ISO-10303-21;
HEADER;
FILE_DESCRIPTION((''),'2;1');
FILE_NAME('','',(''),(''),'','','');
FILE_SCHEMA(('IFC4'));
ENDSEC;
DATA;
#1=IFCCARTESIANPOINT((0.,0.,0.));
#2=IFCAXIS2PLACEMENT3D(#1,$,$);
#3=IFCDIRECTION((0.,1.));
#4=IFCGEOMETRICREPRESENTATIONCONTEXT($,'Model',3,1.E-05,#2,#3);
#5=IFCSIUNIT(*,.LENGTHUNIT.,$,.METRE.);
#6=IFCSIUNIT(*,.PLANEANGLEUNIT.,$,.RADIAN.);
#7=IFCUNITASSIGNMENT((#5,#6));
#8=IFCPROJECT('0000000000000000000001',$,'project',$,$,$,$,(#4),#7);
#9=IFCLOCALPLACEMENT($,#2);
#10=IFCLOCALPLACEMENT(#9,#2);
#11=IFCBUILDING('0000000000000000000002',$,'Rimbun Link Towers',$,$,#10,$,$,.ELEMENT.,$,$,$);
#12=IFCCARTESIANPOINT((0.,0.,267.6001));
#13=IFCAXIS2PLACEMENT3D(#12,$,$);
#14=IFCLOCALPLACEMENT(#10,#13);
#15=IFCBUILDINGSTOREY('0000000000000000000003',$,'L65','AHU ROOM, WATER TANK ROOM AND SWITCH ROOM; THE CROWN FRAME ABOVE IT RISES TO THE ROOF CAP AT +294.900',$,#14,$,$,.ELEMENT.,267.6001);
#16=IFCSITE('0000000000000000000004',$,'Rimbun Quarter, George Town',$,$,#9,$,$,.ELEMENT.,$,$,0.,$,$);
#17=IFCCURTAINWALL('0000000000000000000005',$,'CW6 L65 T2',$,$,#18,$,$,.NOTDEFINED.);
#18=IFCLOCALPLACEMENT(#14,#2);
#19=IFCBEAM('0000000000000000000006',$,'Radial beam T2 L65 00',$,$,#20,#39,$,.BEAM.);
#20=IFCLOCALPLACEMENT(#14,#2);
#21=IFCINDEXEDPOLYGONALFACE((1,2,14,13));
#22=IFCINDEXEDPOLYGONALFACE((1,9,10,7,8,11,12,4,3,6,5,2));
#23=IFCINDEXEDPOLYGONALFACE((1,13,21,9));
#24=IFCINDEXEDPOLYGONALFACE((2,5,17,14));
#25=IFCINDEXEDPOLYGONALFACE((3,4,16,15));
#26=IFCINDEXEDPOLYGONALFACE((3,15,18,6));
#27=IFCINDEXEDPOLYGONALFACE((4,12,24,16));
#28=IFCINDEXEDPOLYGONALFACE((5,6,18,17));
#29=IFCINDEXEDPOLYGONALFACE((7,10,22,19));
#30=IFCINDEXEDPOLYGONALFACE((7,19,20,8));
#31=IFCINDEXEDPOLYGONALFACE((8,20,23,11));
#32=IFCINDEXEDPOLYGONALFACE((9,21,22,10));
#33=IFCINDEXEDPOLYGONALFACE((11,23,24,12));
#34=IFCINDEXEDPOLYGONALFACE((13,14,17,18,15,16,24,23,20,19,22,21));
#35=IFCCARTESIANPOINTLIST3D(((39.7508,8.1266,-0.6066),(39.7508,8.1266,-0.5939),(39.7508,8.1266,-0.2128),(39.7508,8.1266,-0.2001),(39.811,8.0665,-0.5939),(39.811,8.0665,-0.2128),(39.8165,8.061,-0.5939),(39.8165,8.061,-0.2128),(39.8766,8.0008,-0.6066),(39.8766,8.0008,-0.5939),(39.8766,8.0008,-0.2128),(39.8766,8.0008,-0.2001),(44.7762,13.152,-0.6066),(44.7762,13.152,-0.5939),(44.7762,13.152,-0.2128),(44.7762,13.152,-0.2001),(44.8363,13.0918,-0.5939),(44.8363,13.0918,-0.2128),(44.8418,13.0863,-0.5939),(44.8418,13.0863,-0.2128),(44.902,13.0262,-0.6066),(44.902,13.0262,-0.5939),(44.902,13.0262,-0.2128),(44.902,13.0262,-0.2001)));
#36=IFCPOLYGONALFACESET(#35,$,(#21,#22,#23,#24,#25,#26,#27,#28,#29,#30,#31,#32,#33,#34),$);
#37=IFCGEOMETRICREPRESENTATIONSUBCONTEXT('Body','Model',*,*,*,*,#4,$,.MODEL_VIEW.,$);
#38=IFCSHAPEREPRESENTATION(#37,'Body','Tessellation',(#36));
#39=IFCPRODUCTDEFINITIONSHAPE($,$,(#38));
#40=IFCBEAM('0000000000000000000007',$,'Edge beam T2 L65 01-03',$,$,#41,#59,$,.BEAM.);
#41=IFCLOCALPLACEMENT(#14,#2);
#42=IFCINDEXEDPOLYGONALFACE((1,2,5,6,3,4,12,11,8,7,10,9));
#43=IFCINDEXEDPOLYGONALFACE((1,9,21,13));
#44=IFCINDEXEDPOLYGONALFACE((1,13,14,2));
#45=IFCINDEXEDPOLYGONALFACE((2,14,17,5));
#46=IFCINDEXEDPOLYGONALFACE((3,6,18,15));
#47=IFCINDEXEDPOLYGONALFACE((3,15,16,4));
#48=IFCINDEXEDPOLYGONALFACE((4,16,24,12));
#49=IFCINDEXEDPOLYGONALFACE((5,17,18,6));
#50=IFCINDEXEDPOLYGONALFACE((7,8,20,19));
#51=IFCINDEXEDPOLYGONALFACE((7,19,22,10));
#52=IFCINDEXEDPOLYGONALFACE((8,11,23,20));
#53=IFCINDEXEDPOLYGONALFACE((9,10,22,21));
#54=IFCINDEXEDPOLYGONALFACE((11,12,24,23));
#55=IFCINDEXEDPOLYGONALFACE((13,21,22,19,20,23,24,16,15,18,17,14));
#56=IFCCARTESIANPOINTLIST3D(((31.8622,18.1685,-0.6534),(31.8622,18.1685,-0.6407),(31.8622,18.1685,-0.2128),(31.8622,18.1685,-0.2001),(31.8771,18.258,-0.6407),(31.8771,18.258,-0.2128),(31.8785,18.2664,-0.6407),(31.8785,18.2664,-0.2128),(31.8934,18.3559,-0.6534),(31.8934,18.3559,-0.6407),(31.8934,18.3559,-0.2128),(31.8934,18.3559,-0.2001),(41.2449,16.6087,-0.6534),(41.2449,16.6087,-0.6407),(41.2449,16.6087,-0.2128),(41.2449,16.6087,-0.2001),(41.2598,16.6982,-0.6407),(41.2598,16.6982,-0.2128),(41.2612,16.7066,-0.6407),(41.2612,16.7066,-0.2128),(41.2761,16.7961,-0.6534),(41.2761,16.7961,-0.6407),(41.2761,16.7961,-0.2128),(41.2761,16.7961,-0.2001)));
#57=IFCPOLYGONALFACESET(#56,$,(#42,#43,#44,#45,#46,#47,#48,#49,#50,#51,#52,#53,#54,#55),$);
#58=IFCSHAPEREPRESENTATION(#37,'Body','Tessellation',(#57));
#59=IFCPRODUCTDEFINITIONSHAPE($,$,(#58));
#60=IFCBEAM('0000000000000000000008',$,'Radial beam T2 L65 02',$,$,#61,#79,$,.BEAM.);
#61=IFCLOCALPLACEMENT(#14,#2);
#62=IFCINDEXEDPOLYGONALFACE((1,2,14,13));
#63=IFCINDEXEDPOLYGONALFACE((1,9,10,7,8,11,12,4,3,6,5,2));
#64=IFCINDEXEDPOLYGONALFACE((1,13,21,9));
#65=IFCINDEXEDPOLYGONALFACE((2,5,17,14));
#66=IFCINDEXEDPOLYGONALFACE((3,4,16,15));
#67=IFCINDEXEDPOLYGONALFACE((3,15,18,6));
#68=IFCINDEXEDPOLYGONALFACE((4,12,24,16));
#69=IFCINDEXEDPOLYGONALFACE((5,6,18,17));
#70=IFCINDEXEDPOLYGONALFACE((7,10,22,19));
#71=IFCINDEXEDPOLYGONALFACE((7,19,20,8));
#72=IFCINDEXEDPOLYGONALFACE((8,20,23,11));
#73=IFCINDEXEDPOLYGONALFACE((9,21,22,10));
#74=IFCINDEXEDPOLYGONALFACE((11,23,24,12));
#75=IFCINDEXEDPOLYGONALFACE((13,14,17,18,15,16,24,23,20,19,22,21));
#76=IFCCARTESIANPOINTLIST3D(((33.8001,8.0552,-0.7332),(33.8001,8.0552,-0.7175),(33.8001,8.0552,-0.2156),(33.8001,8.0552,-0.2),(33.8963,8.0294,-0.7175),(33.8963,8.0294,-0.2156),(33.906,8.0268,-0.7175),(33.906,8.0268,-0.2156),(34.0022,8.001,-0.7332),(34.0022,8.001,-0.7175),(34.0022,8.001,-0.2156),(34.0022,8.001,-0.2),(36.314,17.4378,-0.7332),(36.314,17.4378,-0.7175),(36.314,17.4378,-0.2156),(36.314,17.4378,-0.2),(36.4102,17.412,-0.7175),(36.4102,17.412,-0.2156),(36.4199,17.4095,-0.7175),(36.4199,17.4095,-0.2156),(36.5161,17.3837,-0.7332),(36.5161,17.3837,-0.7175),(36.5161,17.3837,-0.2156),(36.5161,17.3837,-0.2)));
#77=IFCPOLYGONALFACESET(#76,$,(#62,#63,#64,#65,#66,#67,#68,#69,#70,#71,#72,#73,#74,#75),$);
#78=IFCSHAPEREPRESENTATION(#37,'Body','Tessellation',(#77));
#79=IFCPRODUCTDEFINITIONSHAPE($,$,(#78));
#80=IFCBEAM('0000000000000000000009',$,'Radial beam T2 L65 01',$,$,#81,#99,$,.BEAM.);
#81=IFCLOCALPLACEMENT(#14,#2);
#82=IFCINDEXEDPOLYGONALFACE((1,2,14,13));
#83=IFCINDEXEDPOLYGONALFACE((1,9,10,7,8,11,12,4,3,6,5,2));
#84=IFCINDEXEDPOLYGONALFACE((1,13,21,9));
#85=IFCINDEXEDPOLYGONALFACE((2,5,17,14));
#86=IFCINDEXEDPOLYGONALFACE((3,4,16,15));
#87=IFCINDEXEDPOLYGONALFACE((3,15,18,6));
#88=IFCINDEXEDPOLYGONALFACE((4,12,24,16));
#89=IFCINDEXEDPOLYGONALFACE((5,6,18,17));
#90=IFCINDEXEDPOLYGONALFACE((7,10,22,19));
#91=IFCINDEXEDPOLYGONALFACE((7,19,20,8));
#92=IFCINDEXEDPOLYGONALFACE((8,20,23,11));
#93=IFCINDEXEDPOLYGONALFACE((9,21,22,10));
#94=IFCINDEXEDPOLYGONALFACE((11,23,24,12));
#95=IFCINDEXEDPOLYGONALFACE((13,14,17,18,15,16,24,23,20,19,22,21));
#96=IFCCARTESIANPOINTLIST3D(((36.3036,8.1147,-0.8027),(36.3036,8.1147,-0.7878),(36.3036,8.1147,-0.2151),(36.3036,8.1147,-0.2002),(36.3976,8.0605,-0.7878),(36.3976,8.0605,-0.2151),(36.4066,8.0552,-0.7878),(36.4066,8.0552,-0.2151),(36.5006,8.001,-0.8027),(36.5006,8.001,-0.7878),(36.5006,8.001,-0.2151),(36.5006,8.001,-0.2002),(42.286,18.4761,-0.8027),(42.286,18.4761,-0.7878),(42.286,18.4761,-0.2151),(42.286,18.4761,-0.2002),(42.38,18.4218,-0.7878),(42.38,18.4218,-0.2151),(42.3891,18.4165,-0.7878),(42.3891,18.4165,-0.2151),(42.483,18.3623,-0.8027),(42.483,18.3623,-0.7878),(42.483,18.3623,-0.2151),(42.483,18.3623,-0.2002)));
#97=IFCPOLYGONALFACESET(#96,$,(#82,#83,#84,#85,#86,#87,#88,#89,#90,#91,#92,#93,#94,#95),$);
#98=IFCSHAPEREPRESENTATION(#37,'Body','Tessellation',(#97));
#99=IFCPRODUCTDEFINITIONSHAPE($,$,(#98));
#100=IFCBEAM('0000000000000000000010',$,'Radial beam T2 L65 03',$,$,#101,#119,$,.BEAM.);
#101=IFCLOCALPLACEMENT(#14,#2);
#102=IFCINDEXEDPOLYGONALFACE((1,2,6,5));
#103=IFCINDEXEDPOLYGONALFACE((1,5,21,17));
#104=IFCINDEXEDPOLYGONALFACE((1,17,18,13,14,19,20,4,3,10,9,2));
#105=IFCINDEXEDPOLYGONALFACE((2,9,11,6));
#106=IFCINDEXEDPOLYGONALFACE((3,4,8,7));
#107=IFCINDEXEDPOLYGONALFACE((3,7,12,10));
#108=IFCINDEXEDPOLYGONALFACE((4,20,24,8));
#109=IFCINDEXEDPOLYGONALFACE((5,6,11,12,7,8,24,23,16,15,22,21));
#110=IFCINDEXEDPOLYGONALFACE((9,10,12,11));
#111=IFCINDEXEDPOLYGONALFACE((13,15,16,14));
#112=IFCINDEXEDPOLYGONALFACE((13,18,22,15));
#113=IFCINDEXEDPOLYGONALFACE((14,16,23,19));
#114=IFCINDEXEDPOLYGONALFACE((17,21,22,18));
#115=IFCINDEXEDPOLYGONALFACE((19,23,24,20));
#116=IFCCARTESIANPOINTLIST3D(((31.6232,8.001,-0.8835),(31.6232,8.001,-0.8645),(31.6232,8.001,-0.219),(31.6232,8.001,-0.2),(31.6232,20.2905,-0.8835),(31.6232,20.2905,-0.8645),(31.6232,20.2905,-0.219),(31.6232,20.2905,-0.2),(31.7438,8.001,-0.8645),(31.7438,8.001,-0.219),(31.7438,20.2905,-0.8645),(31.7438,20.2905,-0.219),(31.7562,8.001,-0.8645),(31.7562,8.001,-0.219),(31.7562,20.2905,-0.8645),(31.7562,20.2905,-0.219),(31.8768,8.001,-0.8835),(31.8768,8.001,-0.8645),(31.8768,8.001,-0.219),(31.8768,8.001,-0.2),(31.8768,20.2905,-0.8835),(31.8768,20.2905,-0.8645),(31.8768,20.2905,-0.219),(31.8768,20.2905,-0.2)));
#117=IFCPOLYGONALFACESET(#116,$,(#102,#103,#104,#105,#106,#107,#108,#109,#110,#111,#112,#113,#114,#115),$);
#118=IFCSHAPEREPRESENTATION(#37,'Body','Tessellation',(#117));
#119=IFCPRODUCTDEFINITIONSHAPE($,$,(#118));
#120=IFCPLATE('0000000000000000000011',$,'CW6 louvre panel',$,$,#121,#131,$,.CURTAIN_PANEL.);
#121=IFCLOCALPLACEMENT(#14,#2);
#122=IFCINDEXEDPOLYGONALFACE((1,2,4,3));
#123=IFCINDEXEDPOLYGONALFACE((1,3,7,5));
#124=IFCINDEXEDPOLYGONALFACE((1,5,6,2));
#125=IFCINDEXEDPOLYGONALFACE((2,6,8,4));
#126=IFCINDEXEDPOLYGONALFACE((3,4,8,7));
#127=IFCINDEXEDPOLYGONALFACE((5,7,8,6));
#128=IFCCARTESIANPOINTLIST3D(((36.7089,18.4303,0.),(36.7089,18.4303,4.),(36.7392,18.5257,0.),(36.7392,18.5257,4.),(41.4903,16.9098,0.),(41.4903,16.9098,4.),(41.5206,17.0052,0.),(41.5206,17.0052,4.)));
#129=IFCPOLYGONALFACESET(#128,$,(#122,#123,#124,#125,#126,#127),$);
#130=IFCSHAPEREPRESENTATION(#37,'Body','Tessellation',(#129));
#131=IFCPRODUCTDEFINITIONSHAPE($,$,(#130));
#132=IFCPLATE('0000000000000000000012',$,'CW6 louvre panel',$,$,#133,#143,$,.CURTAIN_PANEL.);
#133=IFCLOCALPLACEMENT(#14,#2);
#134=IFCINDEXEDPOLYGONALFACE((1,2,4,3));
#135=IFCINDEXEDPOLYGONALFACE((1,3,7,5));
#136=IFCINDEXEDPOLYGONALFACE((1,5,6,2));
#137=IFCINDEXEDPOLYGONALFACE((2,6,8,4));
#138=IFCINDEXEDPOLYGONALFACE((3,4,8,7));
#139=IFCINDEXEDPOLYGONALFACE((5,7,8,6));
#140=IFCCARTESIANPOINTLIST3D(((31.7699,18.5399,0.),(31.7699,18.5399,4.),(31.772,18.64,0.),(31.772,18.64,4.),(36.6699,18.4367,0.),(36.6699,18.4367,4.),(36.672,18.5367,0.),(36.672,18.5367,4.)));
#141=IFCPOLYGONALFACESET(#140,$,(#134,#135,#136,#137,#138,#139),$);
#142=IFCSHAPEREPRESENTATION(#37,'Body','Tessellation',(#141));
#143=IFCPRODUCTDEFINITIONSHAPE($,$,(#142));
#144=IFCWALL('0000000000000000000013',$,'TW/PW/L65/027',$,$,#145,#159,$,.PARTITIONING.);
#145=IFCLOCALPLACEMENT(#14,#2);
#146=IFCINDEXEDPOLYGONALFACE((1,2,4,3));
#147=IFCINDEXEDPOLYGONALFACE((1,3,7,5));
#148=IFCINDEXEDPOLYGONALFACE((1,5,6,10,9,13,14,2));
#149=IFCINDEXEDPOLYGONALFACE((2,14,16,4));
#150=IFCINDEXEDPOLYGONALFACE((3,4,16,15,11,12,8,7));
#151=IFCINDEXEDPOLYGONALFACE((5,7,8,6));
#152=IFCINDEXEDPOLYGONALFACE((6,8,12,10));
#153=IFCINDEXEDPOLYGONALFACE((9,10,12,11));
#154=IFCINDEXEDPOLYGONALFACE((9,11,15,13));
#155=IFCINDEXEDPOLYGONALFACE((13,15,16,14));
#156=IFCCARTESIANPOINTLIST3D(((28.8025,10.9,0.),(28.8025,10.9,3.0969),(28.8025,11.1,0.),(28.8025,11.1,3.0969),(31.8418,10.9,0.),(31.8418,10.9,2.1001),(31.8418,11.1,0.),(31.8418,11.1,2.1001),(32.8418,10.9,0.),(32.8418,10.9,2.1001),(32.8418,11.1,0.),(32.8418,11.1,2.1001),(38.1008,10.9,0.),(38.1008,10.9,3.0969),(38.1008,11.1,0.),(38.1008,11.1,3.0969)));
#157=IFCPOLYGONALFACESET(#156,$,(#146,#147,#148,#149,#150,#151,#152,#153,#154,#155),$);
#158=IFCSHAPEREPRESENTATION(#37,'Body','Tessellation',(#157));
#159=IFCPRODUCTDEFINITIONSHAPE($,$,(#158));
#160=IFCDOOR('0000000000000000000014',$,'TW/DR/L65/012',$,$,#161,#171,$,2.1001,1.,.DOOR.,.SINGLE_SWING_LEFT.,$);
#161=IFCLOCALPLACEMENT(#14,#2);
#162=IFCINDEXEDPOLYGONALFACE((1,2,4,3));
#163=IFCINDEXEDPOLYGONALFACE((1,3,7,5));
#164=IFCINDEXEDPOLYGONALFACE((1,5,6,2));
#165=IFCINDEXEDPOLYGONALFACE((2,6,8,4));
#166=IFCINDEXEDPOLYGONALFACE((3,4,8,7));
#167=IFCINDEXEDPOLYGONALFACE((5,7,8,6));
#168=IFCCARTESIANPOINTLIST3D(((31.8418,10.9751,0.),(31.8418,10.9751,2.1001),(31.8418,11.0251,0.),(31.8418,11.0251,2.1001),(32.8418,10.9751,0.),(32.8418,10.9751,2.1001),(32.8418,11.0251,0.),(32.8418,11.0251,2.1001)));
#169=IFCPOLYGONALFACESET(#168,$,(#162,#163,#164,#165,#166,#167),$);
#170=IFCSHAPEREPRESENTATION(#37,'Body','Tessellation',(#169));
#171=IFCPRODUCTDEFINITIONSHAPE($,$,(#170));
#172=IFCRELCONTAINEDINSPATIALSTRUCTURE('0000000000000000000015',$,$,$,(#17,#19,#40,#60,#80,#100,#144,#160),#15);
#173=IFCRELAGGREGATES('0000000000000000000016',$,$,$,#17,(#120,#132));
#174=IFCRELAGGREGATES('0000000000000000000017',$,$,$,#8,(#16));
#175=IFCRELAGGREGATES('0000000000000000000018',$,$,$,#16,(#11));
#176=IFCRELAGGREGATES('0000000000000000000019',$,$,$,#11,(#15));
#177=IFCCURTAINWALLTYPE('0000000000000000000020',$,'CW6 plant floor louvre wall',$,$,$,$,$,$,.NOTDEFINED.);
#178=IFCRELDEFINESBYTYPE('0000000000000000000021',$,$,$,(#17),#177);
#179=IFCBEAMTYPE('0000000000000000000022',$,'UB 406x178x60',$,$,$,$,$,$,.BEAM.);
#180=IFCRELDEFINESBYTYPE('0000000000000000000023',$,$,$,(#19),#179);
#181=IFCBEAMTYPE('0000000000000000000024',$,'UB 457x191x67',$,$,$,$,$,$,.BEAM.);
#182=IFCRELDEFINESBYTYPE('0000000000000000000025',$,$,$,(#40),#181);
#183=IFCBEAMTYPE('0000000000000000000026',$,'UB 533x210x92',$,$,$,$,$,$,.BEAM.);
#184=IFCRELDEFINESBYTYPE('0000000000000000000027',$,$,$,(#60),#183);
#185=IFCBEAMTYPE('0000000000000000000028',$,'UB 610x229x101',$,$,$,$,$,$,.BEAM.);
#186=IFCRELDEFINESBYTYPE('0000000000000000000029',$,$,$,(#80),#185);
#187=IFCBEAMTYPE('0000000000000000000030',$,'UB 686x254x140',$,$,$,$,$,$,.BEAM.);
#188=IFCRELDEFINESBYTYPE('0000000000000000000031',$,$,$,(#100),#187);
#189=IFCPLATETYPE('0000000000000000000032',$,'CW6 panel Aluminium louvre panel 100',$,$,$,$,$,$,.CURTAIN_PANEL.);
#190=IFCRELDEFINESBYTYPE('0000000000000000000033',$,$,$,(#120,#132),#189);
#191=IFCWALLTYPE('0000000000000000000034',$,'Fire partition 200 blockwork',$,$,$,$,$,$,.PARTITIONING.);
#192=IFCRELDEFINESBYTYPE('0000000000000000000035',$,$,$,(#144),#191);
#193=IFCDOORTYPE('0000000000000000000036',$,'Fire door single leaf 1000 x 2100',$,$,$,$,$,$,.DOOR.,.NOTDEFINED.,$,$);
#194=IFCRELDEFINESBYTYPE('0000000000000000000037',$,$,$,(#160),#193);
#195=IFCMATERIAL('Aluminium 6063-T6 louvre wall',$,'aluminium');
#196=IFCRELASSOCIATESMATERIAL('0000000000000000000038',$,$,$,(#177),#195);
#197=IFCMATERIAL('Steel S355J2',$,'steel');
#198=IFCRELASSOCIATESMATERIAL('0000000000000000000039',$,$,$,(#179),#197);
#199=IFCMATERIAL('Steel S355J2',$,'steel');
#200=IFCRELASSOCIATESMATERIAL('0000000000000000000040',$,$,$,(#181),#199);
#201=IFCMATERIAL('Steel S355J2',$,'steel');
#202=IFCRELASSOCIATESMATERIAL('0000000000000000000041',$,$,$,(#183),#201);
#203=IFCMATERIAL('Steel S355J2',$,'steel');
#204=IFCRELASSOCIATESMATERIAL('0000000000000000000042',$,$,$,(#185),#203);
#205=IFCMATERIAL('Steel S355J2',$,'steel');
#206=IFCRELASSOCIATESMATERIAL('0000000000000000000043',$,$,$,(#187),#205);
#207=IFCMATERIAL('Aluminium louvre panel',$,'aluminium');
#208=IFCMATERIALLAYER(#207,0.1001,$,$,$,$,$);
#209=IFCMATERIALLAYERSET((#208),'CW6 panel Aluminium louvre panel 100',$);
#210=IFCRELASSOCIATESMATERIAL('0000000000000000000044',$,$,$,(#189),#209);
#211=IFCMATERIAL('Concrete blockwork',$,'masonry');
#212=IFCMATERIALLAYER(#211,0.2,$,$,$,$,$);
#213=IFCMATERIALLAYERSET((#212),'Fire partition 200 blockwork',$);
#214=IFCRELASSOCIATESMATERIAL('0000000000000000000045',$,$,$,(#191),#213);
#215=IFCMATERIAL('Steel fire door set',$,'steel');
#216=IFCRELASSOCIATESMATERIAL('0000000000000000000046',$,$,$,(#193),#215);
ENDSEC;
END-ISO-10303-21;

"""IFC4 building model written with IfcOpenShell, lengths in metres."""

from ifc_helpers import new_model, si_unit, direction, frame, frame_2d, origin, origin_2d, place, context, subcontext, project, spatial, rectangle, i_section, extrude, material, layer, layer_set, material_profile, profile_set, type_object, element, fill, aggregate, save


model = new_model("IFC4")

# Units and contexts
model_context = context("Model", 3, precision=1e-05, world=origin(), true_north=direction((0.0, 1.0)))
body_context = subcontext(model_context, "Body", "Model", "MODEL_VIEW")
ifc_project = project(units=[si_unit("LENGTHUNIT", "METRE"), si_unit("PLANEANGLEUNIT", "RADIAN")], contexts=[model_context])

# Site, building, storey
site_placement = place(None, origin())
site = spatial("IfcSite", under=ifc_project, at=site_placement, Name="Rimbun Quarter, George Town", CompositionType="ELEMENT", RefElevation=0.0)
building_placement = place(site_placement, origin())
building = spatial("IfcBuilding", under=site, at=building_placement, Name="Rimbun Link Towers", CompositionType="ELEMENT")
storey_placement = place(building_placement, frame((0.0, 0.0, 267.6001)))
storey = spatial("IfcBuildingStorey", under=building, at=storey_placement, Name="L65", Description="AHU ROOM, WATER TANK ROOM AND SWITCH ROOM; THE CROWN FRAME ABOVE IT RISES TO THE ROOF CAP AT +294.900", CompositionType="ELEMENT", Elevation=267.6001)

# Curtain wall
ifc_material_1 = material(Name="Aluminium 6063-T6 louvre wall", Category="aluminium")
curtain_wall_type = type_object("IfcCurtainWallType", Name="CW6 plant floor louvre wall", PredefinedType="NOTDEFINED", material=ifc_material_1)
curtain_wall_placement = place(storey_placement, origin())
curtain_wall = element("IfcCurtainWall", 1, at=curtain_wall_placement, inside=storey, type_object=curtain_wall_type, Name="CW6 L65 T2", PredefinedType="NOTDEFINED")

# Beams
ifc_material_2 = material(Name="Steel S355J2", Category="steel")
ifc_material_profile_1 = material_profile(ifc_material_2, i_section(OverallWidth=0.178, OverallDepth=0.4065, WebThickness=0.0078, FlangeThickness=0.0127, at=origin_2d()), Name="UB 406x178x60")
ifc_profile_set_1 = profile_set([ifc_material_profile_1], Name="Steel S355J2")
beam_type_1 = type_object("IfcBeamType", Name="UB 406x178x60", PredefinedType="BEAM", material=ifc_profile_set_1)
beam_1_placement = place(storey_placement, frame((39.8137, 8.0637, -0.4033), z_axis=(0.707107, 0.707107, 0.0), x_axis=(-0.707107, 0.707107, 0.0)))
element("IfcBeam", 2, at=beam_1_placement, inside=storey, type_object=beam_type_1, Name="Radial beam T2 L65 00", PredefinedType="BEAM", context=body_context, shape_type="SweptSolid", body=[
    extrude(i_section(OverallWidth=0.178, OverallDepth=0.4065, WebThickness=0.0078, FlangeThickness=0.0127, at=origin_2d()), origin(), (0.0, 0.0, 1.0), 7.1069),
])
ifc_material_3 = material(Name="Steel S355J2", Category="steel")
ifc_material_profile_2 = material_profile(ifc_material_3, i_section(OverallWidth=0.1899, OverallDepth=0.4534, WebThickness=0.0085, FlangeThickness=0.0127, at=origin_2d()), Name="UB 457x191x67")
ifc_profile_set_2 = profile_set([ifc_material_profile_2], Name="Steel S355J2")
beam_type_2 = type_object("IfcBeamType", Name="UB 457x191x67", PredefinedType="BEAM", material=ifc_profile_set_2)
beam_2_placement = place(storey_placement, frame((41.2605, 16.7024, -0.4268), z_axis=(-0.986462, 0.163991, 0.0), x_axis=(-0.163991, -0.986462, 0.0)))
element("IfcBeam", 3, at=beam_2_placement, inside=storey, type_object=beam_type_2, Name="Edge beam T2 L65 01-03", PredefinedType="BEAM", context=body_context, shape_type="SweptSolid", body=[
    extrude(i_section(OverallWidth=0.1899, OverallDepth=0.4534, WebThickness=0.0085, FlangeThickness=0.0127, at=origin_2d()), origin(), (0.0, 0.0, 1.0), 9.5115),
])
ifc_material_4 = material(Name="Steel S355J2", Category="steel")
ifc_material_profile_3 = material_profile(ifc_material_4, i_section(OverallWidth=0.2092, OverallDepth=0.5332, WebThickness=0.01, FlangeThickness=0.0156, at=origin_2d()), Name="UB 533x210x92")
ifc_profile_set_3 = profile_set([ifc_material_profile_3], Name="Steel S355J2")
beam_type_3 = type_object("IfcBeamType", Name="UB 533x210x92", PredefinedType="BEAM", material=ifc_profile_set_3)
beam_3_placement = place(storey_placement, frame((33.9011, 8.0281, -0.4666), z_axis=(0.258806, 0.965929, 0.0), x_axis=(-0.965929, 0.258806, 0.0)))
element("IfcBeam", 4, at=beam_3_placement, inside=storey, type_object=beam_type_3, Name="Radial beam T2 L65 02", PredefinedType="BEAM", context=body_context, shape_type="SweptSolid", body=[
    extrude(i_section(OverallWidth=0.2092, OverallDepth=0.5332, WebThickness=0.01, FlangeThickness=0.0156, at=origin_2d()), origin(), (0.0, 0.0, 1.0), 9.7136),
])
ifc_material_5 = material(Name="Steel S355J2", Category="steel")
ifc_material_profile_4 = material_profile(ifc_material_5, i_section(OverallWidth=0.2275, OverallDepth=0.6025, WebThickness=0.0105, FlangeThickness=0.0149, at=origin_2d()), Name="UB 610x229x101")
ifc_profile_set_4 = profile_set([ifc_material_profile_4], Name="Steel S355J2")
beam_type_4 = type_object("IfcBeamType", Name="UB 610x229x101", PredefinedType="BEAM", material=ifc_profile_set_4)
beam_4_placement = place(storey_placement, frame((36.4021, 8.0579, -0.5015), z_axis=(0.500019, 0.866014, 0.0), x_axis=(-0.866014, 0.500019, 0.0)))
element("IfcBeam", 5, at=beam_4_placement, inside=storey, type_object=beam_type_4, Name="Radial beam T2 L65 01", PredefinedType="BEAM", context=body_context, shape_type="SweptSolid", body=[
    extrude(i_section(OverallWidth=0.2275, OverallDepth=0.6025, WebThickness=0.0105, FlangeThickness=0.0149, at=origin_2d()), origin(), (0.0, 0.0, 1.0), 11.9644),
])
ifc_material_6 = material(Name="Steel S355J2", Category="steel")
ifc_material_profile_5 = material_profile(ifc_material_6, i_section(OverallWidth=0.2537, OverallDepth=0.6836, WebThickness=0.0125, FlangeThickness=0.019, at=origin_2d()), Name="UB 686x254x140")
ifc_profile_set_5 = profile_set([ifc_material_profile_5], Name="Steel S355J2")
beam_type_5 = type_object("IfcBeamType", Name="UB 686x254x140", PredefinedType="BEAM", material=ifc_profile_set_5)
beam_5_placement = place(storey_placement, frame((31.75, 8.001, -0.5417), z_axis=(0.0, 1.0, 0.0), x_axis=(-1.0, 0.0, 0.0)))
element("IfcBeam", 6, at=beam_5_placement, inside=storey, type_object=beam_type_5, Name="Radial beam T2 L65 03", PredefinedType="BEAM", context=body_context, shape_type="SweptSolid", body=[
    extrude(i_section(OverallWidth=0.2537, OverallDepth=0.6836, WebThickness=0.0125, FlangeThickness=0.019, at=origin_2d()), origin(), (0.0, 0.0, 1.0), 12.2896),
])

# Plates
ifc_material_7 = material(Name="Aluminium louvre panel", Category="aluminium")
ifc_layer_1 = layer(ifc_material_7, 0.1001)
ifc_layer_set_1 = layer_set([ifc_layer_1], Name="CW6 panel Aluminium louvre panel 100")
plate_type = type_object("IfcPlateType", Name="CW6 panel Aluminium louvre panel 100", PredefinedType="CURTAIN_PANEL", material=ifc_layer_set_1)
plate_1_placement = place(storey_placement, frame((39.1147, 17.7178, 0.0), z_axis=(0.0, 0.0, 1.0), x_axis=(0.952974, -0.303052, 0.0)))
plate_1 = element("IfcPlate", 7, at=plate_1_placement, type_object=plate_type, Name="CW6 louvre panel", PredefinedType="CURTAIN_PANEL", context=body_context, shape_type="SweptSolid", body=[
    extrude(rectangle(XDim=5.0173, YDim=0.1001, at=origin_2d()), origin(), (0.0, 0.0, 1.0), 4.0),
])
plate_2_placement = place(storey_placement, frame((34.2209, 18.5383, 0.0), z_axis=(0.0, 0.0, 1.0), x_axis=(0.999778, -0.021068, 0.0)))
plate_2 = element("IfcPlate", 8, at=plate_2_placement, type_object=plate_type, Name="CW6 louvre panel", PredefinedType="CURTAIN_PANEL", context=body_context, shape_type="SweptSolid", body=[
    extrude(rectangle(XDim=4.9011, YDim=0.1001, at=origin_2d()), origin(), (0.0, 0.0, 1.0), 4.0),
])
aggregate(curtain_wall, [plate_1, plate_2])

# Wall, opening, door
ifc_material_8 = material(Name="Concrete blockwork", Category="masonry")
ifc_layer_2 = layer(ifc_material_8, 0.2)
ifc_layer_set_2 = layer_set([ifc_layer_2], Name="Fire partition 200 blockwork")
wall_type_1 = type_object("IfcWallType", Name="Fire partition 200 blockwork", PredefinedType="PARTITIONING", material=ifc_layer_set_2)
wall_1_placement = place(storey_placement, frame((38.1008, 11.0, 0.0), z_axis=(0.0, 0.0, 1.0), x_axis=(-1.0, 0.0, 0.0)))
wall_1 = element("IfcWall", 9, at=wall_1_placement, inside=storey, type_object=wall_type_1, Name="TW/PW/L65/027", PredefinedType="PARTITIONING", context=body_context, shape_type="SweptSolid", body=[
    extrude(rectangle(XDim=9.2983, YDim=0.2, at=frame_2d((4.6492, 0.0))), origin(), (0.0, 0.0, 1.0), 3.0969),
])
opening_1_placement = place(wall_1_placement, frame((5.259, 0.0, 0.0)))
opening_1 = element("IfcOpeningElement", 10, at=opening_1_placement, cuts=wall_1, PredefinedType="OPENING", context=body_context, shape_type="SweptSolid", body=[
    extrude(rectangle(XDim=1.0, YDim=2.1001, at=frame_2d((0.5, 1.05))), frame((0.0, 0.1099, 0.0), z_axis=(0.0, -1.0, 0.0), x_axis=(1.0, 0.0, 0.0)), (0.0, 0.0, 1.0), 0.22),
])
ifc_material_9 = material(Name="Steel fire door set", Category="steel")
door_type_1 = type_object("IfcDoorType", Name="Fire door single leaf 1000 x 2100", OperationType="NOTDEFINED", PredefinedType="DOOR", material=ifc_material_9)
door_1_placement = place(opening_1_placement, origin())
door_1 = element("IfcDoor", 11, at=door_1_placement, inside=storey, type_object=door_type_1, Name="TW/DR/L65/012", OperationType="SINGLE_SWING_LEFT", OverallHeight=2.1001, OverallWidth=1.0, PredefinedType="DOOR", context=body_context, shape_type="SweptSolid", body=[
    extrude(rectangle(XDim=1.0, YDim=2.1001, at=frame_2d((0.5, 1.05))), frame((0.0, 0.0249, 0.0), z_axis=(0.0, -1.0, 0.0), x_axis=(1.0, 0.0, 0.0)), (0.0, 0.0, 1.0), 0.05),
])
fill(opening_1, door_1)

save(model, "model.ifc")
